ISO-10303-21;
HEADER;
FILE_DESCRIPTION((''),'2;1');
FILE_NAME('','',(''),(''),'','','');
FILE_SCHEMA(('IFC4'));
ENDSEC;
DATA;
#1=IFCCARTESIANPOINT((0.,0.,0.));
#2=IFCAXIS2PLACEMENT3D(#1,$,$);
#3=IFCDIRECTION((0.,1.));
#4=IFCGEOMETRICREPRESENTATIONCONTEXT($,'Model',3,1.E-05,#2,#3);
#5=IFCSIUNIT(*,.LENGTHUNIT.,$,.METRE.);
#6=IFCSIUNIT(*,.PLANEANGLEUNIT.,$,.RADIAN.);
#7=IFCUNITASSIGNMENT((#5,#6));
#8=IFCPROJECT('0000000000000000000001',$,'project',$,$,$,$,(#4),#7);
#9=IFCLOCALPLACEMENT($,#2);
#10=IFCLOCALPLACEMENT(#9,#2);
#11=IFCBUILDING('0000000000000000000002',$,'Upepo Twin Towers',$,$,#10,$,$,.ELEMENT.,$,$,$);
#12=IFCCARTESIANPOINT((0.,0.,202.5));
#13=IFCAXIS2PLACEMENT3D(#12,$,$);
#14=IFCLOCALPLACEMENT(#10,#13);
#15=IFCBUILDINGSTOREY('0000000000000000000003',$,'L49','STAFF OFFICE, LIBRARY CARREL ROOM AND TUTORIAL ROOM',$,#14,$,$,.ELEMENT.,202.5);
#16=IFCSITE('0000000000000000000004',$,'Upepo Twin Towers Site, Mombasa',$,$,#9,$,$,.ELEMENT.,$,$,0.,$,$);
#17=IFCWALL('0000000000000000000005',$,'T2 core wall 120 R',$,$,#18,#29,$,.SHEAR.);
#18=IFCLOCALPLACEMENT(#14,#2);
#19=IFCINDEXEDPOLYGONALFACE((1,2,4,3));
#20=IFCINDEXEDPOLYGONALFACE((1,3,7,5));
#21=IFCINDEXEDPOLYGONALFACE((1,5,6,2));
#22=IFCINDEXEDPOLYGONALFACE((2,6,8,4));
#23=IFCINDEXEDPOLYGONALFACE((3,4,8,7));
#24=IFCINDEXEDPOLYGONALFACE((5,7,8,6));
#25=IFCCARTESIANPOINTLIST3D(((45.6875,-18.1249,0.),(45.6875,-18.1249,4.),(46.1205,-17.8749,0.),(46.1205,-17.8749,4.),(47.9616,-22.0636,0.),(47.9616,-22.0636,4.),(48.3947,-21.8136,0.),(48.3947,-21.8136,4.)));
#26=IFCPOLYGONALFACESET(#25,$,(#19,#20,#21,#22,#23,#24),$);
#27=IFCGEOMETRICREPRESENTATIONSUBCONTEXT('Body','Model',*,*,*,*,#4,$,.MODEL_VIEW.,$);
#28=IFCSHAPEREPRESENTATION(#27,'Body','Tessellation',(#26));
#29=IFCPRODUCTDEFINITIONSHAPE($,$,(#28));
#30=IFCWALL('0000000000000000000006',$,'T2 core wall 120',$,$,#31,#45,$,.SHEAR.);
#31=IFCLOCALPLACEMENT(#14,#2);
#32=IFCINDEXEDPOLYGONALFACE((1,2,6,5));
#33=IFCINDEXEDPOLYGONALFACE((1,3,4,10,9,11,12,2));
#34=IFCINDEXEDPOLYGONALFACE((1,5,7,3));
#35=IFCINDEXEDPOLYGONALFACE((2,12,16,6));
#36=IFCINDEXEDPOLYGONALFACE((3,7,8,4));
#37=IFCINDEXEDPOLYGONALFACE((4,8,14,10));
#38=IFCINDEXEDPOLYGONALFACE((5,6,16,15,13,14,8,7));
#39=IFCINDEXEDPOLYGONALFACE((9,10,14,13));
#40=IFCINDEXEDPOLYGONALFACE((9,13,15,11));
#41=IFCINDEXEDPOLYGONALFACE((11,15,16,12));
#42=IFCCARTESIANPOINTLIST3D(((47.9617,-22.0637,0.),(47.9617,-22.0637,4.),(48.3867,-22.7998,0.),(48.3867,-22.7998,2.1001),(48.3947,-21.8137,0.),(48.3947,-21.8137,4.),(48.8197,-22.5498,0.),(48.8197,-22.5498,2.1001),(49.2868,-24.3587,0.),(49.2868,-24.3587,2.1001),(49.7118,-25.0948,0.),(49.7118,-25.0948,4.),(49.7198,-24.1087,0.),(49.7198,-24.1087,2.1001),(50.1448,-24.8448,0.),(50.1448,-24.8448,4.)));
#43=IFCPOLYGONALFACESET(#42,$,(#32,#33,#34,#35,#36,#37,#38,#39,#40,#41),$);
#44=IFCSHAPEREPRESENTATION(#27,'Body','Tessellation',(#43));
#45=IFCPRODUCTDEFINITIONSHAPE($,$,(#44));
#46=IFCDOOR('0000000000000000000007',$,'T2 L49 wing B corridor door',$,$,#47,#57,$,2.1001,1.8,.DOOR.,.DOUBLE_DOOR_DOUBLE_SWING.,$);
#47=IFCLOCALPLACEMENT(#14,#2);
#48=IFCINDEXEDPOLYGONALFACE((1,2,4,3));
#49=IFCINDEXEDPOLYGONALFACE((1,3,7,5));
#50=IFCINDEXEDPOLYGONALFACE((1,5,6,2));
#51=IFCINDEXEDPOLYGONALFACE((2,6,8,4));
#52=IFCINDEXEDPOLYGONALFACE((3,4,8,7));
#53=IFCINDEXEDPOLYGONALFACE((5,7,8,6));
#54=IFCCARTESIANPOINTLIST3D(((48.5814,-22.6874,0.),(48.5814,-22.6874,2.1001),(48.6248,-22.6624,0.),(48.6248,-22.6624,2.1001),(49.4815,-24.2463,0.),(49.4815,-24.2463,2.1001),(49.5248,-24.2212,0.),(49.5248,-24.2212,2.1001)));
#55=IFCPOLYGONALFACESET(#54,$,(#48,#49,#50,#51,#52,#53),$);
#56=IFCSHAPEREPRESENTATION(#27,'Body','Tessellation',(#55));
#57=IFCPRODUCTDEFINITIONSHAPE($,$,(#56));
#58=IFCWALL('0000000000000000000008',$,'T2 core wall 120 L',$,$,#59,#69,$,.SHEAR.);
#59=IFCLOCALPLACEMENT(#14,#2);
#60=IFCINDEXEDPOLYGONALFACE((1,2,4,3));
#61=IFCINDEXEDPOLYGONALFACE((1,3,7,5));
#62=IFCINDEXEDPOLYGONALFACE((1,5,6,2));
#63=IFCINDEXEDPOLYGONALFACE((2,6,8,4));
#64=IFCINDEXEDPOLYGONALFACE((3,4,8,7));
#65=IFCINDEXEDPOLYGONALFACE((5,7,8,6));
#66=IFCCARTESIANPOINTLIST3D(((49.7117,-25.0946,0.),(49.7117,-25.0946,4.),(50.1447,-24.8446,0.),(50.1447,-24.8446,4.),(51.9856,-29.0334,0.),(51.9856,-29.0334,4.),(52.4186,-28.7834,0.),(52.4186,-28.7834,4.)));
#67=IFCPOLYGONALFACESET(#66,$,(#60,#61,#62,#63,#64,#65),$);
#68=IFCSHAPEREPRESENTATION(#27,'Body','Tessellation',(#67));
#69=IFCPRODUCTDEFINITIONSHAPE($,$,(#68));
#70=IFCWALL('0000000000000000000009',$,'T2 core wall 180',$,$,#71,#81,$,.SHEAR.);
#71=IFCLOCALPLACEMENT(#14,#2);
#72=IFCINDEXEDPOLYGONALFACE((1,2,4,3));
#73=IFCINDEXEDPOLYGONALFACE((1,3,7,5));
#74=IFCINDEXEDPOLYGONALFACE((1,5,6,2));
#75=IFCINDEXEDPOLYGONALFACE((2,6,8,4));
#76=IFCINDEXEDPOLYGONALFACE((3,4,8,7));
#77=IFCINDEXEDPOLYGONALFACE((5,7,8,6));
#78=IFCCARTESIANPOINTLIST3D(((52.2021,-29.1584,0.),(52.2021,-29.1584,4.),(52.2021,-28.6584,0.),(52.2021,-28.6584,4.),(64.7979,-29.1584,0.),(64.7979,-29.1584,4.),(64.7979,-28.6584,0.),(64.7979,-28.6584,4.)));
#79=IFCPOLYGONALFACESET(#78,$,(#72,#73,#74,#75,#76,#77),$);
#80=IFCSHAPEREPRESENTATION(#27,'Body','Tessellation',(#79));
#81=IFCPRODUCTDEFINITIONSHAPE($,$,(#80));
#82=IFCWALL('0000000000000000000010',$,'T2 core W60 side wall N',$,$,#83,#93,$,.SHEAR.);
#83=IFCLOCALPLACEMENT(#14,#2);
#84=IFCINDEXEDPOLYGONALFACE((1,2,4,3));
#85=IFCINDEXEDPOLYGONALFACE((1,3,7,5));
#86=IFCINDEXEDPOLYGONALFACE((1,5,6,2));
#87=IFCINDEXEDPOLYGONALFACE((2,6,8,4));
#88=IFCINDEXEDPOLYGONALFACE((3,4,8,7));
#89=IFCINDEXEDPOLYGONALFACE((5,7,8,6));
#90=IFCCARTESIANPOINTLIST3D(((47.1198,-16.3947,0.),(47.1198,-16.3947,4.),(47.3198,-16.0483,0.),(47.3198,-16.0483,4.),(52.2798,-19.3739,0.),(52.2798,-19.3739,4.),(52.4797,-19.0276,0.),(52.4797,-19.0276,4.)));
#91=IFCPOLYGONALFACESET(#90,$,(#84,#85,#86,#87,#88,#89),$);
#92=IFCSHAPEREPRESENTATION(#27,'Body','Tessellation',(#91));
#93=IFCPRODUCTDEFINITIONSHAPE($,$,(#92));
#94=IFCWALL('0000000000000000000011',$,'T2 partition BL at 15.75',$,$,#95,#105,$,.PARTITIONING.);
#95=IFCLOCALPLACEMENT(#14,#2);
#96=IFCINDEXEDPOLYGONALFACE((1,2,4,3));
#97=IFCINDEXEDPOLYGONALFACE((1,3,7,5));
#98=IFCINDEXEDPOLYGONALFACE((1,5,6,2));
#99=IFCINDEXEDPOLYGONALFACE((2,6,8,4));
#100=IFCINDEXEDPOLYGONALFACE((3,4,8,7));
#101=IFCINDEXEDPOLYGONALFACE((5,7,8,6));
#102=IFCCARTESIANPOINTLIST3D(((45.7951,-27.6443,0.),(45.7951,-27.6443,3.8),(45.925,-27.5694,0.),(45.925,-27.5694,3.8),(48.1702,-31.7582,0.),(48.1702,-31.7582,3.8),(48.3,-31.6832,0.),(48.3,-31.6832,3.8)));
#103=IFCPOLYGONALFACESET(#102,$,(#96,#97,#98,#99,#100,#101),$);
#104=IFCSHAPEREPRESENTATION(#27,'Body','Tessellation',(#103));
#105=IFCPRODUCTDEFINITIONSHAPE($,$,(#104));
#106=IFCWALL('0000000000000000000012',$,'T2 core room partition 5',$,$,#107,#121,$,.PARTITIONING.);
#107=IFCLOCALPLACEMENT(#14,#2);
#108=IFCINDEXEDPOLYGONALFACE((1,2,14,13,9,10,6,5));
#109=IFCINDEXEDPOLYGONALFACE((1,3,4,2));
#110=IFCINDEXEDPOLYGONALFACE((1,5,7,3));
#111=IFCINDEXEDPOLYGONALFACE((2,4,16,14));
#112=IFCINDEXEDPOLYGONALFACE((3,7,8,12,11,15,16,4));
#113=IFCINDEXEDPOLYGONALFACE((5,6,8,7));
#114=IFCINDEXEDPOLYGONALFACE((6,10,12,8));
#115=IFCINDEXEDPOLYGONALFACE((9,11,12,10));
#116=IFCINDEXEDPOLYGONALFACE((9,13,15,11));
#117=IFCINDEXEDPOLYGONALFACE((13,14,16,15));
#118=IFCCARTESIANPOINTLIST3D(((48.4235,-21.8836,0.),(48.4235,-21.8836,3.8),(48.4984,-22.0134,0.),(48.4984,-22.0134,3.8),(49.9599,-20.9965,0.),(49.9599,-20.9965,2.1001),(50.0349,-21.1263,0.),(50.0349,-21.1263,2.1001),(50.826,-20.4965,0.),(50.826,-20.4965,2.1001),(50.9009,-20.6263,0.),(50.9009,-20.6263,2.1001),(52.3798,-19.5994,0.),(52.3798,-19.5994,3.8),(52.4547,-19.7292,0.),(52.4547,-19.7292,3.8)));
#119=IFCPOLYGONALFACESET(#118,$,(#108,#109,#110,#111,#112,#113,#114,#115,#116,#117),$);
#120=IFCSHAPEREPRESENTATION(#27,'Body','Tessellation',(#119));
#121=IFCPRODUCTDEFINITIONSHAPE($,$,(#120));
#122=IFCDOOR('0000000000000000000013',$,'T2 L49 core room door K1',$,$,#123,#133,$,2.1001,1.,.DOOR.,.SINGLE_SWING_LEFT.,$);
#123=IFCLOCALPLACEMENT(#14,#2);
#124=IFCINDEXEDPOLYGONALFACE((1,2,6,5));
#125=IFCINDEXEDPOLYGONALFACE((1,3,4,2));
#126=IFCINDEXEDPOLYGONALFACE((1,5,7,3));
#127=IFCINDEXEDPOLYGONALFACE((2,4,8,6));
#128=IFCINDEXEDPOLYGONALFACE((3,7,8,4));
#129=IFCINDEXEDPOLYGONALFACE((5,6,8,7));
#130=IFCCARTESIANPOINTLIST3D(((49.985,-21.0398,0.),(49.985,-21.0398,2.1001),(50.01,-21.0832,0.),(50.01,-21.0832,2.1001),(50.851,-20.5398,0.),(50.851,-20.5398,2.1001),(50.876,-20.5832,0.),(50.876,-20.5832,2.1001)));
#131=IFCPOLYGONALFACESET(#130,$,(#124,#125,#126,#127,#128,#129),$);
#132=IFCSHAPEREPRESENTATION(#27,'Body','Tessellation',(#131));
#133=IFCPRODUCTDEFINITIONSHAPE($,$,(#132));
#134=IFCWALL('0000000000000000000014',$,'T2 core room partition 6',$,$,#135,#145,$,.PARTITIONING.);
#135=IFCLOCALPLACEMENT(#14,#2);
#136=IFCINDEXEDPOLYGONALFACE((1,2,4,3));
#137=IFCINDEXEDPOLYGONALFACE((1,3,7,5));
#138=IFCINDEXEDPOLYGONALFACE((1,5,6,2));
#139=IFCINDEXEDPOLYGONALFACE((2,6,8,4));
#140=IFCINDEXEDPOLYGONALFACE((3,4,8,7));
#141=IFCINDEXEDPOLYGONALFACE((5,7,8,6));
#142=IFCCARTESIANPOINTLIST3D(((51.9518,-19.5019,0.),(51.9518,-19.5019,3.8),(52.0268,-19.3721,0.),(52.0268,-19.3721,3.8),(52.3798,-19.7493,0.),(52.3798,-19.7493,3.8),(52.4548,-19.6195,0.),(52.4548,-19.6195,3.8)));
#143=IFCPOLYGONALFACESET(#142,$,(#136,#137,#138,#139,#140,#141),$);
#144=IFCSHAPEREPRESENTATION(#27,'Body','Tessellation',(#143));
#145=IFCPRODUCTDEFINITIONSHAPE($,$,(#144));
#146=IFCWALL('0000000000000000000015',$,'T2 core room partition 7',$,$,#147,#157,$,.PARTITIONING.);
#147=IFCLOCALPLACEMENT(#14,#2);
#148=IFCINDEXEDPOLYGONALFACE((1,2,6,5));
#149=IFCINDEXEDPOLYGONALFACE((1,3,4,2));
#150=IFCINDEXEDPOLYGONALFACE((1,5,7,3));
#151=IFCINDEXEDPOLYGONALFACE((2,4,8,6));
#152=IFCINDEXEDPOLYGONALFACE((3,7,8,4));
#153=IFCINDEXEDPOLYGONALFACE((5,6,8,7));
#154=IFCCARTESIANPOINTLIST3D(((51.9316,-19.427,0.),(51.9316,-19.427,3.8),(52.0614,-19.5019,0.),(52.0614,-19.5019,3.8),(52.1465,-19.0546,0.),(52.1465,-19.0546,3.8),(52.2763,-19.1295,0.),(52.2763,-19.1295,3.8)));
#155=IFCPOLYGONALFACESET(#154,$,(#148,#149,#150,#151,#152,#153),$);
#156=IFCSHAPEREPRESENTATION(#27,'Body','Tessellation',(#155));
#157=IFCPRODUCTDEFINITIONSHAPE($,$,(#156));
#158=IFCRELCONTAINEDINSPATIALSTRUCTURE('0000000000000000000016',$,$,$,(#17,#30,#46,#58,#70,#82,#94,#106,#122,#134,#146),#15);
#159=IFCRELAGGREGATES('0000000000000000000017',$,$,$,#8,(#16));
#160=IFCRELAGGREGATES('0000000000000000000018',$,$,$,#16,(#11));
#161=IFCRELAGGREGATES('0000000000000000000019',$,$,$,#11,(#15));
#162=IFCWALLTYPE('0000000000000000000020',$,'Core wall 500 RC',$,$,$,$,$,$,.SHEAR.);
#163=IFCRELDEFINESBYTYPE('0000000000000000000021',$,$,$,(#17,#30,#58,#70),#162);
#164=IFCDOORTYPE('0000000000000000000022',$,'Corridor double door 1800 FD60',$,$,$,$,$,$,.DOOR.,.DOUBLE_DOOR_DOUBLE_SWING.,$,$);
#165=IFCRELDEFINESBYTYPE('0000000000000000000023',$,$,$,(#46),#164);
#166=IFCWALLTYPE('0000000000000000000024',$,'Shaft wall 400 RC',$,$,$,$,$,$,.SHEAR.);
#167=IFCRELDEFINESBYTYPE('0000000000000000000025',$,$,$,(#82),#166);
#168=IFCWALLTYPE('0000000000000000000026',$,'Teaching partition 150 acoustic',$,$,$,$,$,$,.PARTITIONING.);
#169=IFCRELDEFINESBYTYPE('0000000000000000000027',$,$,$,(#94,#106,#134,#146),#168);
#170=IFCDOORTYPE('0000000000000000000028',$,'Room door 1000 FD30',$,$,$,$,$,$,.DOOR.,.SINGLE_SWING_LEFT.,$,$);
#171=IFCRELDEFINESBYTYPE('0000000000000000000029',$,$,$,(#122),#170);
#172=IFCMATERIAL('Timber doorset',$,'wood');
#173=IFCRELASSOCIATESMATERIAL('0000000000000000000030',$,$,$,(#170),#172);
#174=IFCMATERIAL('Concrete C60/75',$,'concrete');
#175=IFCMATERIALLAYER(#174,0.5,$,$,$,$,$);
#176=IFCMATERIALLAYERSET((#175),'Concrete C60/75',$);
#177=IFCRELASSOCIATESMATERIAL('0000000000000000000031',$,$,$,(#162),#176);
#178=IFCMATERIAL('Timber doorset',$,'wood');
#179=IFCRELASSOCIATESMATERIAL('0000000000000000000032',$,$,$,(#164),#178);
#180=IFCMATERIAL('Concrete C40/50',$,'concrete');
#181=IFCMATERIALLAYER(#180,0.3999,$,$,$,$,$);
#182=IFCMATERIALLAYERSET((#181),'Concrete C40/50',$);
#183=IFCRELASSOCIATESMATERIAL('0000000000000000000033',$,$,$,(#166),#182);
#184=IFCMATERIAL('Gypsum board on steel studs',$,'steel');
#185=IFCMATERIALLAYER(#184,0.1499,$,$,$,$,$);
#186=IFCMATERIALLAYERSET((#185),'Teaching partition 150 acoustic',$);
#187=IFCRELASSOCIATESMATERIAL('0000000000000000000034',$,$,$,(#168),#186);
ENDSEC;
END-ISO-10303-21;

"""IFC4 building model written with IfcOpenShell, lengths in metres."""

from ifc_helpers import new_model, si_unit, direction, frame, frame_2d, origin, place, context, subcontext, project, spatial, rectangle, extrude, material, layer, layer_set, type_object, element, fill, save


model = new_model("IFC4")

# Units and contexts
model_context = context("Model", 3, precision=1e-05, world=origin(), true_north=direction((0.0, 1.0)))
body_context = subcontext(model_context, "Body", "Model", "MODEL_VIEW")
ifc_project = project(units=[si_unit("LENGTHUNIT", "METRE"), si_unit("PLANEANGLEUNIT", "RADIAN")], contexts=[model_context])

# Site, building, storey
site_placement = place(None, origin())
site = spatial("IfcSite", under=ifc_project, at=site_placement, Name="Upepo Twin Towers Site, Mombasa", CompositionType="ELEMENT", RefElevation=0.0)
building_placement = place(site_placement, origin())
building = spatial("IfcBuilding", under=site, at=building_placement, Name="Upepo Twin Towers", CompositionType="ELEMENT")
storey_placement = place(building_placement, frame((0.0, 0.0, 202.5)))
storey = spatial("IfcBuildingStorey", under=building, at=storey_placement, Name="L49", Description="STAFF OFFICE, LIBRARY CARREL ROOM AND TUTORIAL ROOM", CompositionType="ELEMENT", Elevation=202.5)

# Shared definitions
ifc_material_1 = material(Name="Timber doorset", Category="wood")
door_type_1 = type_object("IfcDoorType", Name="Room door 1000 FD30", OperationType="SINGLE_SWING_LEFT", PredefinedType="DOOR", material=ifc_material_1)

# Wall
ifc_material_2 = material(Name="Concrete C60/75", Category="concrete")
ifc_layer_1 = layer(ifc_material_2, 0.5)
ifc_layer_set_1 = layer_set([ifc_layer_1], Name="Concrete C60/75")
wall_type_1 = type_object("IfcWallType", Name="Core wall 500 RC", PredefinedType="SHEAR", material=ifc_layer_set_1)
wall_1_placement = place(storey_placement, frame((45.9041, -18.0, 0.0), z_axis=(0.0, 0.0, 1.0), x_axis=(0.500024, -0.866011, 0.0)))
element("IfcWall", 1, at=wall_1_placement, inside=storey, type_object=wall_type_1, Name="T2 core wall 120 R", PredefinedType="SHEAR", context=body_context, shape_type="SweptSolid", body=[
    extrude(rectangle(XDim=4.5481, YDim=0.5, at=frame_2d((2.2739, 0.0))), origin(), (0.0, 0.0, 1.0), 4.0),
])

# Wall, opening, door
wall_2_placement = place(storey_placement, frame((48.1782, -21.9387, 0.0), z_axis=(0.0, 0.0, 1.0), x_axis=(0.50001, -0.866019, 0.0)))
wall_2 = element("IfcWall", 2, at=wall_2_placement, inside=storey, type_object=wall_type_1, Name="T2 core wall 120", PredefinedType="SHEAR", context=body_context, shape_type="SweptSolid", body=[
    extrude(rectangle(XDim=3.5, YDim=0.5, at=frame_2d((1.75, 0.0))), origin(), (0.0, 0.0, 1.0), 4.0),
])
opening_1_placement = place(wall_2_placement, frame((0.8501, 0.0, 0.0)))
opening_1 = element("IfcOpeningElement", 3, at=opening_1_placement, cuts=wall_2, PredefinedType="OPENING", context=body_context, shape_type="SweptSolid", body=[
    extrude(rectangle(XDim=1.8, YDim=2.1001, at=frame_2d((0.8999, 1.05))), frame((0.0, 0.26, 0.0), z_axis=(0.0, -1.0, 0.0), x_axis=(1.0, 0.0, 0.0)), (0.0, 0.0, 1.0), 0.52),
])
ifc_material_3 = material(Name="Timber doorset", Category="wood")
door_type_2 = type_object("IfcDoorType", Name="Corridor double door 1800 FD60", OperationType="DOUBLE_DOOR_DOUBLE_SWING", PredefinedType="DOOR", material=ifc_material_3)
door_1_placement = place(opening_1_placement, origin())
door_1 = element("IfcDoor", 4, at=door_1_placement, inside=storey, type_object=door_type_2, Name="T2 L49 wing B corridor door", OperationType="DOUBLE_DOOR_DOUBLE_SWING", OverallHeight=2.1001, OverallWidth=1.8, PredefinedType="DOOR", context=body_context, shape_type="SweptSolid", body=[
    extrude(rectangle(XDim=1.8, YDim=2.1001, at=frame_2d((0.8999, 1.05))), frame((0.0, 0.0249, 0.0), z_axis=(0.0, -1.0, 0.0), x_axis=(1.0, 0.0, 0.0)), (0.0, 0.0, 1.0), 0.05),
])
fill(opening_1, door_1)

# Walls
wall_3_placement = place(storey_placement, frame((49.9282, -24.9697, 0.0), z_axis=(0.0, 0.0, 1.0), x_axis=(0.499984, -0.866035, 0.0)))
element("IfcWall", 5, at=wall_3_placement, inside=storey, type_object=wall_type_1, Name="T2 core wall 120 L", PredefinedType="SHEAR", context=body_context, shape_type="SweptSolid", body=[
    extrude(rectangle(XDim=4.5481, YDim=0.5, at=frame_2d((2.2739, 0.0))), origin(), (0.0, 0.0, 1.0), 4.0),
])
wall_4_placement = place(storey_placement, frame((52.2021, -28.9084, 0.0), z_axis=(0.0, 0.0, 1.0), x_axis=(1.0, 0.0, 0.0)))
element("IfcWall", 6, at=wall_4_placement, inside=storey, type_object=wall_type_1, Name="T2 core wall 180", PredefinedType="SHEAR", context=body_context, shape_type="SweptSolid", body=[
    extrude(rectangle(XDim=12.5957, YDim=0.5, at=frame_2d((6.2979, 0.0))), origin(), (0.0, 0.0, 1.0), 4.0),
])
ifc_material_4 = material(Name="Concrete C40/50", Category="concrete")
ifc_layer_2 = layer(ifc_material_4, 0.3999)
ifc_layer_set_2 = layer_set([ifc_layer_2], Name="Concrete C40/50")
wall_type_2 = type_object("IfcWallType", Name="Shaft wall 400 RC", PredefinedType="SHEAR", material=ifc_layer_set_2)
wall_5_placement = place(storey_placement, frame((52.3796, -19.2007, 0.0), z_axis=(0.0, 0.0, 1.0), x_axis=(-0.866013, 0.500022, 0.0)))
element("IfcWall", 7, at=wall_5_placement, inside=storey, type_object=wall_type_2, Name="T2 core W60 side wall N", PredefinedType="SHEAR", context=body_context, shape_type="SweptSolid", body=[
    extrude(rectangle(XDim=5.9583, YDim=0.3999, at=frame_2d((2.979, 0.0))), origin(), (0.0, 0.0, 1.0), 4.0),
])
ifc_material_5 = material(Name="Gypsum board on steel studs", Category="steel")
ifc_layer_3 = layer(ifc_material_5, 0.1499)
ifc_layer_set_3 = layer_set([ifc_layer_3], Name="Teaching partition 150 acoustic")
wall_type_3 = type_object("IfcWallType", Name="Teaching partition 150 acoustic", PredefinedType="PARTITIONING", material=ifc_layer_set_3)
wall_6_placement = place(storey_placement, frame((45.8601, -27.6069, 0.0), z_axis=(0.0, 0.0, 1.0), x_axis=(0.499986, -0.866033, 0.0)))
element("IfcWall", 8, at=wall_6_placement, inside=storey, type_object=wall_type_3, Name="T2 partition BL at 15.75", PredefinedType="PARTITIONING", context=body_context, shape_type="SweptSolid", body=[
    extrude(rectangle(XDim=4.7502, YDim=0.1499, at=frame_2d((2.375, 0.0))), origin(), (0.0, 0.0, 1.0), 3.8),
])

# Wall, opening, door
wall_7_placement = place(storey_placement, frame((48.4609, -21.9485, 0.0), z_axis=(0.0, 0.0, 1.0), x_axis=(0.866025, 0.500002, 0.0)))
wall_7 = element("IfcWall", 9, at=wall_7_placement, inside=storey, type_object=wall_type_3, Name="T2 core room partition 5", PredefinedType="PARTITIONING", context=body_context, shape_type="SweptSolid", body=[
    extrude(rectangle(XDim=4.5684, YDim=0.1499, at=frame_2d((2.2842, 0.0))), origin(), (0.0, 0.0, 1.0), 3.8),
])
opening_2_placement = place(wall_7_placement, frame((1.7742, 0.0, 0.0)))
opening_2 = element("IfcOpeningElement", 10, at=opening_2_placement, cuts=wall_7, PredefinedType="OPENING", context=body_context, shape_type="SweptSolid", body=[
    extrude(rectangle(XDim=1.0, YDim=2.1001, at=frame_2d((0.5, 1.05))), frame((0.0, 0.085, 0.0), z_axis=(0.0, -1.0, 0.0), x_axis=(1.0, 0.0, 0.0)), (0.0, 0.0, 1.0), 0.1699),
])
door_2_placement = place(opening_2_placement, origin())
door_2 = element("IfcDoor", 11, at=door_2_placement, inside=storey, type_object=door_type_1, Name="T2 L49 core room door K1", OperationType="SINGLE_SWING_LEFT", OverallHeight=2.1001, OverallWidth=1.0, PredefinedType="DOOR", context=body_context, shape_type="SweptSolid", body=[
    extrude(rectangle(XDim=1.0, YDim=2.1001, at=frame_2d((0.5, 1.05))), frame((0.0, 0.0249, 0.0), z_axis=(0.0, -1.0, 0.0), x_axis=(1.0, 0.0, 0.0)), (0.0, 0.0, 1.0), 0.05),
])
fill(opening_2, door_2)

# Walls
wall_8_placement = place(storey_placement, frame((52.4172, -19.6843, 0.0), z_axis=(0.0, 0.0, 1.0), x_axis=(-0.865832, 0.500335, 0.0)))
element("IfcWall", 12, at=wall_8_placement, inside=storey, type_object=wall_type_3, Name="T2 core room partition 6", PredefinedType="PARTITIONING", context=body_context, shape_type="SweptSolid", body=[
    extrude(rectangle(XDim=0.4944, YDim=0.1499, at=frame_2d((0.2471, 0.0))), origin(), (0.0, 0.0, 1.0), 3.8),
])
wall_9_placement = place(storey_placement, frame((51.9966, -19.4644, 0.0), z_axis=(0.0, 0.0, 1.0), x_axis=(0.499804, 0.866138, 0.0)))
element("IfcWall", 13, at=wall_9_placement, inside=storey, type_object=wall_type_3, Name="T2 core room partition 7", PredefinedType="PARTITIONING", context=body_context, shape_type="SweptSolid", body=[
    extrude(rectangle(XDim=0.4299, YDim=0.1499, at=frame_2d((0.2148, 0.0))), origin(), (0.0, 0.0, 1.0), 3.8),
])

save(model, "model.ifc")
